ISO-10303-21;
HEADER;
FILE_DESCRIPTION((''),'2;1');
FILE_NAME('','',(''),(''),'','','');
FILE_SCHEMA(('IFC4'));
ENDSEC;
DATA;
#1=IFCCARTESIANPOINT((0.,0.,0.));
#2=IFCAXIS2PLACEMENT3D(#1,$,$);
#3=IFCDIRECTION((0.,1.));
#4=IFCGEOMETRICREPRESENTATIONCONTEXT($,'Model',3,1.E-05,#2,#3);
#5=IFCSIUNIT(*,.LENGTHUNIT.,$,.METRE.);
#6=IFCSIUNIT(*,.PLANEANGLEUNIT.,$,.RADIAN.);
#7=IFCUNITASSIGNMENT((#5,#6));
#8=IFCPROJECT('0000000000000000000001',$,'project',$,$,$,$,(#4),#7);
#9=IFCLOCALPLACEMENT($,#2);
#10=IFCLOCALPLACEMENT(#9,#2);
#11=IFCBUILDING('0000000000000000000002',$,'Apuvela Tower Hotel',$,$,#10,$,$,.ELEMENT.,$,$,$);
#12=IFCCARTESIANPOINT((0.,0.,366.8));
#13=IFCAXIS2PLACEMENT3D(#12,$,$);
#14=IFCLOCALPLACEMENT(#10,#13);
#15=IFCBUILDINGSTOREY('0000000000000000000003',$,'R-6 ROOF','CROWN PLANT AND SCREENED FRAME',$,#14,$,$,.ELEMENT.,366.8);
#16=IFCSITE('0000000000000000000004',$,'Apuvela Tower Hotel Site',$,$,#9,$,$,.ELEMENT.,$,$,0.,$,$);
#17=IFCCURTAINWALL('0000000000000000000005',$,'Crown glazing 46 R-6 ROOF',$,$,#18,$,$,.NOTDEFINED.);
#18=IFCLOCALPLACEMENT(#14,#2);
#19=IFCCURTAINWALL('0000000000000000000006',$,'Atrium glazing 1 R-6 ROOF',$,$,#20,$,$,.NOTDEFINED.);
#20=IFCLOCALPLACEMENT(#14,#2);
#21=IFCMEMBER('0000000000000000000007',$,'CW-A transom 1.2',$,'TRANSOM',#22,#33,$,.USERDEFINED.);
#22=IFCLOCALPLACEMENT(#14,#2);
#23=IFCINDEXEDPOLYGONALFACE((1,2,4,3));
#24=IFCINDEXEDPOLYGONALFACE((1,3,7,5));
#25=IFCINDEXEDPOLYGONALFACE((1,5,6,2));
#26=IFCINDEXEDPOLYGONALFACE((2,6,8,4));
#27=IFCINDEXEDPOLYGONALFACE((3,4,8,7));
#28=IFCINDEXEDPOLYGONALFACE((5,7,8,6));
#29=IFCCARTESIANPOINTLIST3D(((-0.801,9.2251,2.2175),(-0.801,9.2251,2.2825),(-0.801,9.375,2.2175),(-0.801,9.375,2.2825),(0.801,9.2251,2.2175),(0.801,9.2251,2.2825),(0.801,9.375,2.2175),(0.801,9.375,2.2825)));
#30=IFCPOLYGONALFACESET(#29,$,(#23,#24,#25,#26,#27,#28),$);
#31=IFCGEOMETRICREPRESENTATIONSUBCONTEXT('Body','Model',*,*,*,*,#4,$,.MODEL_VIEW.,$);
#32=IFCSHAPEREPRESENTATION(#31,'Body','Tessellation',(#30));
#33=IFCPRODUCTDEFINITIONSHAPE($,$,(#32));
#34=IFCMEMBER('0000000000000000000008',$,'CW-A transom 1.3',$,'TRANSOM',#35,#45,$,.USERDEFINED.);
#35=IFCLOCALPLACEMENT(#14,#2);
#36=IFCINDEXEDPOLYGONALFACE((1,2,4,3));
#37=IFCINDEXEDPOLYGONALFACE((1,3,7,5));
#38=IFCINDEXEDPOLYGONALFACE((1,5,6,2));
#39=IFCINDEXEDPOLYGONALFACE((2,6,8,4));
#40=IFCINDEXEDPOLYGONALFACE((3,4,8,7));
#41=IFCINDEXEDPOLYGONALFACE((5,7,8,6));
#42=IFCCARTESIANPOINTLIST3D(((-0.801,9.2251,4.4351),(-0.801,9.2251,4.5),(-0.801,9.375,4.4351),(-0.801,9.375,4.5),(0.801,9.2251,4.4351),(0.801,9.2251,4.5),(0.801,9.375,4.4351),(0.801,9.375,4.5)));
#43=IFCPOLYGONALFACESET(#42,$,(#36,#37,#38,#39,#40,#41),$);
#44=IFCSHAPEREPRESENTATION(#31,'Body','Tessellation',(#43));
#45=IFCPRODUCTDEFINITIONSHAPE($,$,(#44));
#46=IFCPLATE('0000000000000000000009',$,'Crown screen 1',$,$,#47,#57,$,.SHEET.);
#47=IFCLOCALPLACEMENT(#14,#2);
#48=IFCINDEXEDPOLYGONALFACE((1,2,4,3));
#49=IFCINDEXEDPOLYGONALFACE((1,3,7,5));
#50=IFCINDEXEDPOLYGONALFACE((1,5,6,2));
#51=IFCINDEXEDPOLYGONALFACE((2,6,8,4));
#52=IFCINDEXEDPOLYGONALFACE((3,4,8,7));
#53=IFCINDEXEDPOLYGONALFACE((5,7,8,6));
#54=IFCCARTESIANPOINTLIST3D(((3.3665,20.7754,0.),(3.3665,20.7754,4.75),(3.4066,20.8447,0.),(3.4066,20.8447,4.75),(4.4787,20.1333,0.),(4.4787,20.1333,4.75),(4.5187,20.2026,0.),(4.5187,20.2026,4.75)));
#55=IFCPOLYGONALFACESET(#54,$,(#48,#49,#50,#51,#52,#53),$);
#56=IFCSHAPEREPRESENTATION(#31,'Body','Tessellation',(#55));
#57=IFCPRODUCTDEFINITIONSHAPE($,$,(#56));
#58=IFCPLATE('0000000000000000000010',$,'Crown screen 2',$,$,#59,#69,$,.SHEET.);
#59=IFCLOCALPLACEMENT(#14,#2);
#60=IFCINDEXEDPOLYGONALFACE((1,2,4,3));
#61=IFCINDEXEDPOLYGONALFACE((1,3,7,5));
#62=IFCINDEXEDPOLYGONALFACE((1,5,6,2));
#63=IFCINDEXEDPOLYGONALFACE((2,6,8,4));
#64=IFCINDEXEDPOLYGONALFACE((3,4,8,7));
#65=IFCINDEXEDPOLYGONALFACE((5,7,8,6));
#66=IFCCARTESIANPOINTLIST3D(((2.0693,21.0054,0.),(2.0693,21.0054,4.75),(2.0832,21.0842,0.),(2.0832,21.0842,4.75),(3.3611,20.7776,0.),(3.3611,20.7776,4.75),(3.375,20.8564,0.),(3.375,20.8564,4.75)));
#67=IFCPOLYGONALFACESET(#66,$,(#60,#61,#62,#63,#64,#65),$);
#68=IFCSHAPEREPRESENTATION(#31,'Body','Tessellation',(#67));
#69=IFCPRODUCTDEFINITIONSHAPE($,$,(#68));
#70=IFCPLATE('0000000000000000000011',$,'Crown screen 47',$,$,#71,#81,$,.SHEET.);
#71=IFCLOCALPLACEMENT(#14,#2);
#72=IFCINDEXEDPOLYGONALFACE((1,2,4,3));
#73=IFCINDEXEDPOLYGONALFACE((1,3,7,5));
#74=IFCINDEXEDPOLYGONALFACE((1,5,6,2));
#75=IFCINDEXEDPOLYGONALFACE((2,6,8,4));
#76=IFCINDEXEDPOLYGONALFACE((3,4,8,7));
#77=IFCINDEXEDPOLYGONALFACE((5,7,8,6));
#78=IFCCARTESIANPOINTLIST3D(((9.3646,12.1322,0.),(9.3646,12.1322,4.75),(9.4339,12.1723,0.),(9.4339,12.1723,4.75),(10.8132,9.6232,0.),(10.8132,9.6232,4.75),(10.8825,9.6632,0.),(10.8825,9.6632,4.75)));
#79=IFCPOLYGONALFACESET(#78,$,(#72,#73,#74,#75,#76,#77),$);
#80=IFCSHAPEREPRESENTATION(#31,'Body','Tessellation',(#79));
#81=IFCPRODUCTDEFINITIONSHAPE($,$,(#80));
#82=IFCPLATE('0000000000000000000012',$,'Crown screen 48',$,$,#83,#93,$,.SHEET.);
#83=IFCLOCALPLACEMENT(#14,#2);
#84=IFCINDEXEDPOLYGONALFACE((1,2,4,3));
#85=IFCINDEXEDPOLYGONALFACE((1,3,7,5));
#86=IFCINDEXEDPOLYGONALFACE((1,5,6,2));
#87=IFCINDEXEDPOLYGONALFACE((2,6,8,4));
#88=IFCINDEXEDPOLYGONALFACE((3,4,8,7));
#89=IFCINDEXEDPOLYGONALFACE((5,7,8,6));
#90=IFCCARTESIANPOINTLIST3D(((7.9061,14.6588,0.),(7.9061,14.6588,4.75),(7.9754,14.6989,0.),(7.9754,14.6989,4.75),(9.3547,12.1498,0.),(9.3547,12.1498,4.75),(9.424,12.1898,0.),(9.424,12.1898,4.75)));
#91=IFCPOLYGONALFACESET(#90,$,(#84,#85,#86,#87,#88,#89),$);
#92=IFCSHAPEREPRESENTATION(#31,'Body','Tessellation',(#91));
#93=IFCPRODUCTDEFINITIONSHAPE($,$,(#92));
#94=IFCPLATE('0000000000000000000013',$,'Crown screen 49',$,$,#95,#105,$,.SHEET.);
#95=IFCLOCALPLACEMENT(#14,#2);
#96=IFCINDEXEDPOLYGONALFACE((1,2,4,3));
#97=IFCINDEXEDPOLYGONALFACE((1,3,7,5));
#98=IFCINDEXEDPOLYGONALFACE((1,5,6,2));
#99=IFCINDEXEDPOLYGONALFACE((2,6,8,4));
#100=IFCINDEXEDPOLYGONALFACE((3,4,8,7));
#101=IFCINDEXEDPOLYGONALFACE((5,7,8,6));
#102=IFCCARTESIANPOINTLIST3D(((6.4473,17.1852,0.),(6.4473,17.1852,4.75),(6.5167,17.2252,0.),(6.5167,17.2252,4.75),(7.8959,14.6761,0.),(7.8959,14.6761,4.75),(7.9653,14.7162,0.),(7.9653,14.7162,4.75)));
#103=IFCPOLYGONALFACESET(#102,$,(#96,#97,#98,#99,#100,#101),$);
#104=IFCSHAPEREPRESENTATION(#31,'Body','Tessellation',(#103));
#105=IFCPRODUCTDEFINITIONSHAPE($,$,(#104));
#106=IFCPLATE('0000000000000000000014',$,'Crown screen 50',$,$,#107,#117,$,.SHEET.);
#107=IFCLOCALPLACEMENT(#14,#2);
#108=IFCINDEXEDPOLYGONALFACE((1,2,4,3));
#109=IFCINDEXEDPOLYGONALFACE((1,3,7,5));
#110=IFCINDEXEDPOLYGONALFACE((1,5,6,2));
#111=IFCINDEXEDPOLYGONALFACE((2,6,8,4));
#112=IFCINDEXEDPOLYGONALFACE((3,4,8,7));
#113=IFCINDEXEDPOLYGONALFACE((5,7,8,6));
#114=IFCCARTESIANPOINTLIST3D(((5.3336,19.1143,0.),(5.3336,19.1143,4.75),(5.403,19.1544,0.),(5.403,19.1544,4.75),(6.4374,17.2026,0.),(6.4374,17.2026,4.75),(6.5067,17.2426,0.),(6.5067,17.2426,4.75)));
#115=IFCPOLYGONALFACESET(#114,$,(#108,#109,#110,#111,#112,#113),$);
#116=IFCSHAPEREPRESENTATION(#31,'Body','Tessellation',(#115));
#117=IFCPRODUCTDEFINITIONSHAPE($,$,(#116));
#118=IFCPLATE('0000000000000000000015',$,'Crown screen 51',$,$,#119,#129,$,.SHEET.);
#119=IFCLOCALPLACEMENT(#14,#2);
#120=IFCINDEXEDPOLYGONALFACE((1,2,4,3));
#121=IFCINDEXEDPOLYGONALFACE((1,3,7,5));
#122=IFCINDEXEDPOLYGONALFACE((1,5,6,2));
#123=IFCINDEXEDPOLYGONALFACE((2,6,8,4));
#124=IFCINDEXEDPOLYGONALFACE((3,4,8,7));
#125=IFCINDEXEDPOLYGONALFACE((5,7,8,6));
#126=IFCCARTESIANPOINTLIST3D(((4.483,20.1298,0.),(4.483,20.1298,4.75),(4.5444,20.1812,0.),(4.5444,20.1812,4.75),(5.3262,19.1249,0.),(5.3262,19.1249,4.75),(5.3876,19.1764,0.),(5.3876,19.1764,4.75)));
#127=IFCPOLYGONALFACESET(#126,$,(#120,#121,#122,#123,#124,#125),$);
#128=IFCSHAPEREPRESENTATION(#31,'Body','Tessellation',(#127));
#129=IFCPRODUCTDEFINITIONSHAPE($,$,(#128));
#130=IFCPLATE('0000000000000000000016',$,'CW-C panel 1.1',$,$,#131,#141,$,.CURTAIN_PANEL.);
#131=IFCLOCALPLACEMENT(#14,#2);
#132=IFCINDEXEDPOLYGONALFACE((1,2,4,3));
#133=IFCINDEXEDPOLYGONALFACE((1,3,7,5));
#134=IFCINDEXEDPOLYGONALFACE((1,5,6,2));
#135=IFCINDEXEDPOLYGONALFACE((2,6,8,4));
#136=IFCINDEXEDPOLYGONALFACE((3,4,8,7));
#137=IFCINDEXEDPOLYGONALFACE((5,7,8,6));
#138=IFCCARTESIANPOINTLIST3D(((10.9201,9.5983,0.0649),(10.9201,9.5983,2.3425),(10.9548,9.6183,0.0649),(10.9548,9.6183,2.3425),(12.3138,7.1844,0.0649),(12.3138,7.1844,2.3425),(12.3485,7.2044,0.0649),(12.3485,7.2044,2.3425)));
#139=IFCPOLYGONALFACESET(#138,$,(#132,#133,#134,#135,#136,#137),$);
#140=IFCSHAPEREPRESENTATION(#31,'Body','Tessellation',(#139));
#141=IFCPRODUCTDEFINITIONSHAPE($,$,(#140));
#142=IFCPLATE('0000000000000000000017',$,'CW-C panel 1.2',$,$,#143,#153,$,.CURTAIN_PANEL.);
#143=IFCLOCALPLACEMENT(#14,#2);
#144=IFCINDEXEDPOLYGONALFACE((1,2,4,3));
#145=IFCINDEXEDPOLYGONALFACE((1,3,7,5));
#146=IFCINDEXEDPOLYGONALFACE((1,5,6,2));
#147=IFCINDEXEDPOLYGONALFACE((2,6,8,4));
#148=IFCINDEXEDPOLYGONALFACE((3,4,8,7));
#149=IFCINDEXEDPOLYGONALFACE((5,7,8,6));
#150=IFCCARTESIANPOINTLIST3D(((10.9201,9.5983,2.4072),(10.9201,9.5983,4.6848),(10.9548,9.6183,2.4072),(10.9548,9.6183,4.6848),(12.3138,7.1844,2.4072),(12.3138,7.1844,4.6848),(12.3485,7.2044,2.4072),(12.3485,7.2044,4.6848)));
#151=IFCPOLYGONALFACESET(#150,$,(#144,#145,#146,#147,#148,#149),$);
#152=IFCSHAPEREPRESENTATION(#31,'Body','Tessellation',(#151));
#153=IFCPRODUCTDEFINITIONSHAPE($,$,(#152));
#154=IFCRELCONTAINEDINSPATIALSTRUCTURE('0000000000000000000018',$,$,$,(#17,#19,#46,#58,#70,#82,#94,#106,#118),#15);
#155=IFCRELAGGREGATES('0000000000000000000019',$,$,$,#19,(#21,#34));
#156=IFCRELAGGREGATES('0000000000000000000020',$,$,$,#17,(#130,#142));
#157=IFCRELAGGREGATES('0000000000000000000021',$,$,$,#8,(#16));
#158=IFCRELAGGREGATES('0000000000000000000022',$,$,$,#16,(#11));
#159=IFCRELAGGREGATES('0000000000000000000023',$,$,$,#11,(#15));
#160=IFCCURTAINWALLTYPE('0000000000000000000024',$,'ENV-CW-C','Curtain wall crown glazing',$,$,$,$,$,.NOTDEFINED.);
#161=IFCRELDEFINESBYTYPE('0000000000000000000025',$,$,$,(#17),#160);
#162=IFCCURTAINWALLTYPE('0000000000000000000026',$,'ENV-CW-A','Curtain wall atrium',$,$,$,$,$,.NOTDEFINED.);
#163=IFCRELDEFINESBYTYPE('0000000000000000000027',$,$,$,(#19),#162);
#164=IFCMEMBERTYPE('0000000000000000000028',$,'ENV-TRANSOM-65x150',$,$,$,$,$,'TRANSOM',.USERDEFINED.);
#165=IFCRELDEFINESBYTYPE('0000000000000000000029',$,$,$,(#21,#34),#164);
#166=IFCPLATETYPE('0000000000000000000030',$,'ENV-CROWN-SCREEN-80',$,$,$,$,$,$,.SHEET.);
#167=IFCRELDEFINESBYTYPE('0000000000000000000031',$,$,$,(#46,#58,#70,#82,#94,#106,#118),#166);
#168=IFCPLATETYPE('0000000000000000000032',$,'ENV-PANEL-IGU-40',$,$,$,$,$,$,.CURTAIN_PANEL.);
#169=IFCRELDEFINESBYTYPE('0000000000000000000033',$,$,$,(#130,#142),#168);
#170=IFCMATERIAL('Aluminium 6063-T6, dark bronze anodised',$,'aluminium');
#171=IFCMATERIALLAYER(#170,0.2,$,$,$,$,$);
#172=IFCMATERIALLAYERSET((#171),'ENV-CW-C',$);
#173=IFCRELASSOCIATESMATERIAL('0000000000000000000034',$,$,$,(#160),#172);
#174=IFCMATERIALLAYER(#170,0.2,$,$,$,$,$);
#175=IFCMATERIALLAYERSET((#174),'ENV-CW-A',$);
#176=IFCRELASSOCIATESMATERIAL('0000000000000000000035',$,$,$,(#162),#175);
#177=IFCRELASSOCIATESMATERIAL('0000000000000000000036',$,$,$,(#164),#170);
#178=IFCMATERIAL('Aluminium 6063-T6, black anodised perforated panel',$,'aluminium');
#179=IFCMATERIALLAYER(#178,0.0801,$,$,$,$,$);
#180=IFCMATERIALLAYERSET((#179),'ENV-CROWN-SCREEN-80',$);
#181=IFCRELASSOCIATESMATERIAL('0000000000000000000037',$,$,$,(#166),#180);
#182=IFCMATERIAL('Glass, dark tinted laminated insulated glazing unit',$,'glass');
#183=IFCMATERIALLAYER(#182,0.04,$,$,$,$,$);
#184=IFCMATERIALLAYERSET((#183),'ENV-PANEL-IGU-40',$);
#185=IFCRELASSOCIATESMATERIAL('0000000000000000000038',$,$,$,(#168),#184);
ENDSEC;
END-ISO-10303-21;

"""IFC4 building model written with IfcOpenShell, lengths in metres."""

from ifc_helpers import new_model, si_unit, direction, frame, origin, origin_2d, place, context, subcontext, project, spatial, rectangle, extrude, material, layer, layer_set, material_profile, profile_set, type_object, element, aggregate, save


model = new_model("IFC4")

# Units and contexts
model_context = context("Model", 3, precision=1e-05, world=origin(), true_north=direction((0.0, 1.0)))
body_context = subcontext(model_context, "Body", "Model", "MODEL_VIEW")
ifc_project = project(units=[si_unit("LENGTHUNIT", "METRE"), si_unit("PLANEANGLEUNIT", "RADIAN")], contexts=[model_context])

# Site, building, storey
site_placement = place(None, origin())
site = spatial("IfcSite", under=ifc_project, at=site_placement, Name="Apuvela Tower Hotel Site", CompositionType="ELEMENT", RefElevation=0.0)
building_placement = place(site_placement, origin())
building = spatial("IfcBuilding", under=site, at=building_placement, Name="Apuvela Tower Hotel", CompositionType="ELEMENT")
storey_placement = place(building_placement, frame((0.0, 0.0, 366.8)))
storey = spatial("IfcBuildingStorey", under=building, at=storey_placement, Name="R-6 ROOF", Description="CROWN PLANT AND SCREENED FRAME", CompositionType="ELEMENT", Elevation=366.8)

# Curtain walls
ifc_material_1 = material(Name="Aluminium 6063-T6, dark bronze anodised", Category="aluminium")
ifc_layer_1 = layer(ifc_material_1, 0.2)
ifc_layer_set_1 = layer_set([ifc_layer_1], Name="ENV-CW-C")
curtain_wall_type_1 = type_object("IfcCurtainWallType", Name="ENV-CW-C", Description="Curtain wall crown glazing", PredefinedType="NOTDEFINED", material=ifc_layer_set_1)
curtain_wall_1_placement = place(storey_placement, origin())
curtain_wall_1 = element("IfcCurtainWall", 1, at=curtain_wall_1_placement, inside=storey, type_object=curtain_wall_type_1, Name="Crown glazing 46 R-6 ROOF", PredefinedType="NOTDEFINED")
ifc_layer_2 = layer(ifc_material_1, 0.2)
ifc_layer_set_2 = layer_set([ifc_layer_2], Name="ENV-CW-A")
curtain_wall_type_2 = type_object("IfcCurtainWallType", Name="ENV-CW-A", Description="Curtain wall atrium", PredefinedType="NOTDEFINED", material=ifc_layer_set_2)
curtain_wall_2_placement = place(storey_placement, origin())
curtain_wall_2 = element("IfcCurtainWall", 2, at=curtain_wall_2_placement, inside=storey, type_object=curtain_wall_type_2, Name="Atrium glazing 1 R-6 ROOF", PredefinedType="NOTDEFINED")

# Members
ifc_material_profile_1 = material_profile(ifc_material_1, rectangle(XDim=0.1499, YDim=0.0649, at=origin_2d()), Name="AL 65x150 transom")
ifc_profile_set_1 = profile_set([ifc_material_profile_1], Name="Aluminium 6063-T6, dark bronze anodised")
member_type_1 = type_object("IfcMemberType", Name="ENV-TRANSOM-65x150", ElementType="TRANSOM", PredefinedType="USERDEFINED", material=ifc_profile_set_1)
member_1_placement = place(storey_placement, frame((0.801, 9.3, 2.25), z_axis=(-1.0, 0.0, 0.0), x_axis=(0.0, -1.0, 0.0)))
member_1 = element("IfcMember", 3, at=member_1_placement, type_object=member_type_1, Name="CW-A transom 1.2", ObjectType="TRANSOM", PredefinedType="USERDEFINED", context=body_context, shape_type="SweptSolid", body=[
    extrude(rectangle(XDim=0.1499, YDim=0.0649, at=origin_2d()), origin(), (0.0, 0.0, 1.0), 1.6021),
])
member_2_placement = place(storey_placement, frame((0.801, 9.3, 4.4675), z_axis=(-1.0, 0.0, 0.0), x_axis=(0.0, -1.0, 0.0)))
member_2 = element("IfcMember", 4, at=member_2_placement, type_object=member_type_1, Name="CW-A transom 1.3", ObjectType="TRANSOM", PredefinedType="USERDEFINED", context=body_context, shape_type="SweptSolid", body=[
    extrude(rectangle(XDim=0.1499, YDim=0.0649, at=origin_2d()), origin(), (0.0, 0.0, 1.0), 1.6021),
])
aggregate(curtain_wall_2, [member_1, member_2])

# Plates
ifc_material_2 = material(Name="Aluminium 6063-T6, black anodised perforated panel", Category="aluminium")
ifc_layer_3 = layer(ifc_material_2, 0.0801)
ifc_layer_set_3 = layer_set([ifc_layer_3], Name="ENV-CROWN-SCREEN-80")
plate_type_1 = type_object("IfcPlateType", Name="ENV-CROWN-SCREEN-80", PredefinedType="SHEET", material=ifc_layer_set_3)
plate_1_placement = place(storey_placement, frame((3.9426, 20.489, 0.0), z_axis=(0.0, 0.0, 1.0), x_axis=(-0.866025, 0.5, 0.0)))
element("IfcPlate", 5, at=plate_1_placement, inside=storey, type_object=plate_type_1, Name="Crown screen 1", PredefinedType="SHEET", context=body_context, shape_type="SweptSolid", body=[
    extrude(rectangle(XDim=1.2842, YDim=0.0801, at=origin_2d()), origin(), (0.0, 0.0, 1.0), 4.75),
])
plate_2_placement = place(storey_placement, frame((2.7222, 20.9309, 0.0), z_axis=(0.0, 0.0, 1.0), x_axis=(-0.984808, 0.173648, 0.0)))
element("IfcPlate", 6, at=plate_2_placement, inside=storey, type_object=plate_type_1, Name="Crown screen 2", PredefinedType="SHEET", context=body_context, shape_type="SweptSolid", body=[
    extrude(rectangle(XDim=1.3118, YDim=0.0801, at=origin_2d()), origin(), (0.0, 0.0, 1.0), 4.75),
])
for number, where, z_axis, x_axis, name in (
    (7, (10.1235, 10.8977, 0.0), (0.0, 0.0, 1.0), (-0.5, 0.866025, 0.0), "Crown screen 47"),
    (8, (8.665, 13.4243, 0.0), (0.0, 0.0, 1.0), (-0.5, 0.866025, 0.0), "Crown screen 48"),
    (9, (7.2063, 15.9507, 0.0), (0.0, 0.0, 1.0), (-0.5, 0.866025, 0.0), "Crown screen 49"),
):
    element("IfcPlate", number, at=place(storey_placement, frame(where, z_axis=z_axis, x_axis=x_axis)), inside=storey, type_object=plate_type_1, Name=name, PredefinedType="SHEET", context=body_context, shape_type="SweptSolid", body=[
        extrude(rectangle(XDim=2.8972, YDim=0.0801, at=origin_2d()), origin(), (0.0, 0.0, 1.0), 4.75),
    ])
plate_3_placement = place(storey_placement, frame((5.9202, 18.1785, 0.0), z_axis=(0.0, 0.0, 1.0), x_axis=(-0.5, 0.866025, 0.0)))
element("IfcPlate", 10, at=plate_3_placement, inside=storey, type_object=plate_type_1, Name="Crown screen 50", PredefinedType="SHEET", context=body_context, shape_type="SweptSolid", body=[
    extrude(rectangle(XDim=2.2075, YDim=0.0801, at=origin_2d()), origin(), (0.0, 0.0, 1.0), 4.75),
])
plate_4_placement = place(storey_placement, frame((4.9353, 19.6531, 0.0), z_axis=(0.0, 0.0, 1.0), x_axis=(-0.642788, 0.766044, 0.0)))
element("IfcPlate", 11, at=plate_4_placement, inside=storey, type_object=plate_type_1, Name="Crown screen 51", PredefinedType="SHEET", context=body_context, shape_type="SweptSolid", body=[
    extrude(rectangle(XDim=1.3118, YDim=0.0801, at=origin_2d()), origin(), (0.0, 0.0, 1.0), 4.75),
])

# Plates
ifc_material_3 = material(Name="Glass, dark tinted laminated insulated glazing unit", Category="glass")
ifc_layer_4 = layer(ifc_material_3, 0.04)
ifc_layer_set_4 = layer_set([ifc_layer_4], Name="ENV-PANEL-IGU-40")
plate_type_2 = type_object("IfcPlateType", Name="ENV-PANEL-IGU-40", PredefinedType="CURTAIN_PANEL", material=ifc_layer_set_4)
plate_5_placement = place(storey_placement, frame((11.6343, 8.4014, 0.0649), z_axis=(0.0, 0.0, 1.0), x_axis=(-0.500006, 0.866022, 0.0)))
plate_5 = element("IfcPlate", 12, at=plate_5_placement, type_object=plate_type_2, Name="CW-C panel 1.1", PredefinedType="CURTAIN_PANEL", context=body_context, shape_type="SweptSolid", body=[
    extrude(rectangle(XDim=2.7874, YDim=0.04, at=origin_2d()), origin(), (0.0, 0.0, 1.0), 2.2776),
])
plate_6_placement = place(storey_placement, frame((11.6343, 8.4014, 2.4072), z_axis=(0.0, 0.0, 1.0), x_axis=(-0.500006, 0.866022, 0.0)))
plate_6 = element("IfcPlate", 13, at=plate_6_placement, type_object=plate_type_2, Name="CW-C panel 1.2", PredefinedType="CURTAIN_PANEL", context=body_context, shape_type="SweptSolid", body=[
    extrude(rectangle(XDim=2.7874, YDim=0.04, at=origin_2d()), origin(), (0.0, 0.0, 1.0), 2.2776),
])
aggregate(curtain_wall_1, [plate_5, plate_6])

save(model, "model.ifc")
